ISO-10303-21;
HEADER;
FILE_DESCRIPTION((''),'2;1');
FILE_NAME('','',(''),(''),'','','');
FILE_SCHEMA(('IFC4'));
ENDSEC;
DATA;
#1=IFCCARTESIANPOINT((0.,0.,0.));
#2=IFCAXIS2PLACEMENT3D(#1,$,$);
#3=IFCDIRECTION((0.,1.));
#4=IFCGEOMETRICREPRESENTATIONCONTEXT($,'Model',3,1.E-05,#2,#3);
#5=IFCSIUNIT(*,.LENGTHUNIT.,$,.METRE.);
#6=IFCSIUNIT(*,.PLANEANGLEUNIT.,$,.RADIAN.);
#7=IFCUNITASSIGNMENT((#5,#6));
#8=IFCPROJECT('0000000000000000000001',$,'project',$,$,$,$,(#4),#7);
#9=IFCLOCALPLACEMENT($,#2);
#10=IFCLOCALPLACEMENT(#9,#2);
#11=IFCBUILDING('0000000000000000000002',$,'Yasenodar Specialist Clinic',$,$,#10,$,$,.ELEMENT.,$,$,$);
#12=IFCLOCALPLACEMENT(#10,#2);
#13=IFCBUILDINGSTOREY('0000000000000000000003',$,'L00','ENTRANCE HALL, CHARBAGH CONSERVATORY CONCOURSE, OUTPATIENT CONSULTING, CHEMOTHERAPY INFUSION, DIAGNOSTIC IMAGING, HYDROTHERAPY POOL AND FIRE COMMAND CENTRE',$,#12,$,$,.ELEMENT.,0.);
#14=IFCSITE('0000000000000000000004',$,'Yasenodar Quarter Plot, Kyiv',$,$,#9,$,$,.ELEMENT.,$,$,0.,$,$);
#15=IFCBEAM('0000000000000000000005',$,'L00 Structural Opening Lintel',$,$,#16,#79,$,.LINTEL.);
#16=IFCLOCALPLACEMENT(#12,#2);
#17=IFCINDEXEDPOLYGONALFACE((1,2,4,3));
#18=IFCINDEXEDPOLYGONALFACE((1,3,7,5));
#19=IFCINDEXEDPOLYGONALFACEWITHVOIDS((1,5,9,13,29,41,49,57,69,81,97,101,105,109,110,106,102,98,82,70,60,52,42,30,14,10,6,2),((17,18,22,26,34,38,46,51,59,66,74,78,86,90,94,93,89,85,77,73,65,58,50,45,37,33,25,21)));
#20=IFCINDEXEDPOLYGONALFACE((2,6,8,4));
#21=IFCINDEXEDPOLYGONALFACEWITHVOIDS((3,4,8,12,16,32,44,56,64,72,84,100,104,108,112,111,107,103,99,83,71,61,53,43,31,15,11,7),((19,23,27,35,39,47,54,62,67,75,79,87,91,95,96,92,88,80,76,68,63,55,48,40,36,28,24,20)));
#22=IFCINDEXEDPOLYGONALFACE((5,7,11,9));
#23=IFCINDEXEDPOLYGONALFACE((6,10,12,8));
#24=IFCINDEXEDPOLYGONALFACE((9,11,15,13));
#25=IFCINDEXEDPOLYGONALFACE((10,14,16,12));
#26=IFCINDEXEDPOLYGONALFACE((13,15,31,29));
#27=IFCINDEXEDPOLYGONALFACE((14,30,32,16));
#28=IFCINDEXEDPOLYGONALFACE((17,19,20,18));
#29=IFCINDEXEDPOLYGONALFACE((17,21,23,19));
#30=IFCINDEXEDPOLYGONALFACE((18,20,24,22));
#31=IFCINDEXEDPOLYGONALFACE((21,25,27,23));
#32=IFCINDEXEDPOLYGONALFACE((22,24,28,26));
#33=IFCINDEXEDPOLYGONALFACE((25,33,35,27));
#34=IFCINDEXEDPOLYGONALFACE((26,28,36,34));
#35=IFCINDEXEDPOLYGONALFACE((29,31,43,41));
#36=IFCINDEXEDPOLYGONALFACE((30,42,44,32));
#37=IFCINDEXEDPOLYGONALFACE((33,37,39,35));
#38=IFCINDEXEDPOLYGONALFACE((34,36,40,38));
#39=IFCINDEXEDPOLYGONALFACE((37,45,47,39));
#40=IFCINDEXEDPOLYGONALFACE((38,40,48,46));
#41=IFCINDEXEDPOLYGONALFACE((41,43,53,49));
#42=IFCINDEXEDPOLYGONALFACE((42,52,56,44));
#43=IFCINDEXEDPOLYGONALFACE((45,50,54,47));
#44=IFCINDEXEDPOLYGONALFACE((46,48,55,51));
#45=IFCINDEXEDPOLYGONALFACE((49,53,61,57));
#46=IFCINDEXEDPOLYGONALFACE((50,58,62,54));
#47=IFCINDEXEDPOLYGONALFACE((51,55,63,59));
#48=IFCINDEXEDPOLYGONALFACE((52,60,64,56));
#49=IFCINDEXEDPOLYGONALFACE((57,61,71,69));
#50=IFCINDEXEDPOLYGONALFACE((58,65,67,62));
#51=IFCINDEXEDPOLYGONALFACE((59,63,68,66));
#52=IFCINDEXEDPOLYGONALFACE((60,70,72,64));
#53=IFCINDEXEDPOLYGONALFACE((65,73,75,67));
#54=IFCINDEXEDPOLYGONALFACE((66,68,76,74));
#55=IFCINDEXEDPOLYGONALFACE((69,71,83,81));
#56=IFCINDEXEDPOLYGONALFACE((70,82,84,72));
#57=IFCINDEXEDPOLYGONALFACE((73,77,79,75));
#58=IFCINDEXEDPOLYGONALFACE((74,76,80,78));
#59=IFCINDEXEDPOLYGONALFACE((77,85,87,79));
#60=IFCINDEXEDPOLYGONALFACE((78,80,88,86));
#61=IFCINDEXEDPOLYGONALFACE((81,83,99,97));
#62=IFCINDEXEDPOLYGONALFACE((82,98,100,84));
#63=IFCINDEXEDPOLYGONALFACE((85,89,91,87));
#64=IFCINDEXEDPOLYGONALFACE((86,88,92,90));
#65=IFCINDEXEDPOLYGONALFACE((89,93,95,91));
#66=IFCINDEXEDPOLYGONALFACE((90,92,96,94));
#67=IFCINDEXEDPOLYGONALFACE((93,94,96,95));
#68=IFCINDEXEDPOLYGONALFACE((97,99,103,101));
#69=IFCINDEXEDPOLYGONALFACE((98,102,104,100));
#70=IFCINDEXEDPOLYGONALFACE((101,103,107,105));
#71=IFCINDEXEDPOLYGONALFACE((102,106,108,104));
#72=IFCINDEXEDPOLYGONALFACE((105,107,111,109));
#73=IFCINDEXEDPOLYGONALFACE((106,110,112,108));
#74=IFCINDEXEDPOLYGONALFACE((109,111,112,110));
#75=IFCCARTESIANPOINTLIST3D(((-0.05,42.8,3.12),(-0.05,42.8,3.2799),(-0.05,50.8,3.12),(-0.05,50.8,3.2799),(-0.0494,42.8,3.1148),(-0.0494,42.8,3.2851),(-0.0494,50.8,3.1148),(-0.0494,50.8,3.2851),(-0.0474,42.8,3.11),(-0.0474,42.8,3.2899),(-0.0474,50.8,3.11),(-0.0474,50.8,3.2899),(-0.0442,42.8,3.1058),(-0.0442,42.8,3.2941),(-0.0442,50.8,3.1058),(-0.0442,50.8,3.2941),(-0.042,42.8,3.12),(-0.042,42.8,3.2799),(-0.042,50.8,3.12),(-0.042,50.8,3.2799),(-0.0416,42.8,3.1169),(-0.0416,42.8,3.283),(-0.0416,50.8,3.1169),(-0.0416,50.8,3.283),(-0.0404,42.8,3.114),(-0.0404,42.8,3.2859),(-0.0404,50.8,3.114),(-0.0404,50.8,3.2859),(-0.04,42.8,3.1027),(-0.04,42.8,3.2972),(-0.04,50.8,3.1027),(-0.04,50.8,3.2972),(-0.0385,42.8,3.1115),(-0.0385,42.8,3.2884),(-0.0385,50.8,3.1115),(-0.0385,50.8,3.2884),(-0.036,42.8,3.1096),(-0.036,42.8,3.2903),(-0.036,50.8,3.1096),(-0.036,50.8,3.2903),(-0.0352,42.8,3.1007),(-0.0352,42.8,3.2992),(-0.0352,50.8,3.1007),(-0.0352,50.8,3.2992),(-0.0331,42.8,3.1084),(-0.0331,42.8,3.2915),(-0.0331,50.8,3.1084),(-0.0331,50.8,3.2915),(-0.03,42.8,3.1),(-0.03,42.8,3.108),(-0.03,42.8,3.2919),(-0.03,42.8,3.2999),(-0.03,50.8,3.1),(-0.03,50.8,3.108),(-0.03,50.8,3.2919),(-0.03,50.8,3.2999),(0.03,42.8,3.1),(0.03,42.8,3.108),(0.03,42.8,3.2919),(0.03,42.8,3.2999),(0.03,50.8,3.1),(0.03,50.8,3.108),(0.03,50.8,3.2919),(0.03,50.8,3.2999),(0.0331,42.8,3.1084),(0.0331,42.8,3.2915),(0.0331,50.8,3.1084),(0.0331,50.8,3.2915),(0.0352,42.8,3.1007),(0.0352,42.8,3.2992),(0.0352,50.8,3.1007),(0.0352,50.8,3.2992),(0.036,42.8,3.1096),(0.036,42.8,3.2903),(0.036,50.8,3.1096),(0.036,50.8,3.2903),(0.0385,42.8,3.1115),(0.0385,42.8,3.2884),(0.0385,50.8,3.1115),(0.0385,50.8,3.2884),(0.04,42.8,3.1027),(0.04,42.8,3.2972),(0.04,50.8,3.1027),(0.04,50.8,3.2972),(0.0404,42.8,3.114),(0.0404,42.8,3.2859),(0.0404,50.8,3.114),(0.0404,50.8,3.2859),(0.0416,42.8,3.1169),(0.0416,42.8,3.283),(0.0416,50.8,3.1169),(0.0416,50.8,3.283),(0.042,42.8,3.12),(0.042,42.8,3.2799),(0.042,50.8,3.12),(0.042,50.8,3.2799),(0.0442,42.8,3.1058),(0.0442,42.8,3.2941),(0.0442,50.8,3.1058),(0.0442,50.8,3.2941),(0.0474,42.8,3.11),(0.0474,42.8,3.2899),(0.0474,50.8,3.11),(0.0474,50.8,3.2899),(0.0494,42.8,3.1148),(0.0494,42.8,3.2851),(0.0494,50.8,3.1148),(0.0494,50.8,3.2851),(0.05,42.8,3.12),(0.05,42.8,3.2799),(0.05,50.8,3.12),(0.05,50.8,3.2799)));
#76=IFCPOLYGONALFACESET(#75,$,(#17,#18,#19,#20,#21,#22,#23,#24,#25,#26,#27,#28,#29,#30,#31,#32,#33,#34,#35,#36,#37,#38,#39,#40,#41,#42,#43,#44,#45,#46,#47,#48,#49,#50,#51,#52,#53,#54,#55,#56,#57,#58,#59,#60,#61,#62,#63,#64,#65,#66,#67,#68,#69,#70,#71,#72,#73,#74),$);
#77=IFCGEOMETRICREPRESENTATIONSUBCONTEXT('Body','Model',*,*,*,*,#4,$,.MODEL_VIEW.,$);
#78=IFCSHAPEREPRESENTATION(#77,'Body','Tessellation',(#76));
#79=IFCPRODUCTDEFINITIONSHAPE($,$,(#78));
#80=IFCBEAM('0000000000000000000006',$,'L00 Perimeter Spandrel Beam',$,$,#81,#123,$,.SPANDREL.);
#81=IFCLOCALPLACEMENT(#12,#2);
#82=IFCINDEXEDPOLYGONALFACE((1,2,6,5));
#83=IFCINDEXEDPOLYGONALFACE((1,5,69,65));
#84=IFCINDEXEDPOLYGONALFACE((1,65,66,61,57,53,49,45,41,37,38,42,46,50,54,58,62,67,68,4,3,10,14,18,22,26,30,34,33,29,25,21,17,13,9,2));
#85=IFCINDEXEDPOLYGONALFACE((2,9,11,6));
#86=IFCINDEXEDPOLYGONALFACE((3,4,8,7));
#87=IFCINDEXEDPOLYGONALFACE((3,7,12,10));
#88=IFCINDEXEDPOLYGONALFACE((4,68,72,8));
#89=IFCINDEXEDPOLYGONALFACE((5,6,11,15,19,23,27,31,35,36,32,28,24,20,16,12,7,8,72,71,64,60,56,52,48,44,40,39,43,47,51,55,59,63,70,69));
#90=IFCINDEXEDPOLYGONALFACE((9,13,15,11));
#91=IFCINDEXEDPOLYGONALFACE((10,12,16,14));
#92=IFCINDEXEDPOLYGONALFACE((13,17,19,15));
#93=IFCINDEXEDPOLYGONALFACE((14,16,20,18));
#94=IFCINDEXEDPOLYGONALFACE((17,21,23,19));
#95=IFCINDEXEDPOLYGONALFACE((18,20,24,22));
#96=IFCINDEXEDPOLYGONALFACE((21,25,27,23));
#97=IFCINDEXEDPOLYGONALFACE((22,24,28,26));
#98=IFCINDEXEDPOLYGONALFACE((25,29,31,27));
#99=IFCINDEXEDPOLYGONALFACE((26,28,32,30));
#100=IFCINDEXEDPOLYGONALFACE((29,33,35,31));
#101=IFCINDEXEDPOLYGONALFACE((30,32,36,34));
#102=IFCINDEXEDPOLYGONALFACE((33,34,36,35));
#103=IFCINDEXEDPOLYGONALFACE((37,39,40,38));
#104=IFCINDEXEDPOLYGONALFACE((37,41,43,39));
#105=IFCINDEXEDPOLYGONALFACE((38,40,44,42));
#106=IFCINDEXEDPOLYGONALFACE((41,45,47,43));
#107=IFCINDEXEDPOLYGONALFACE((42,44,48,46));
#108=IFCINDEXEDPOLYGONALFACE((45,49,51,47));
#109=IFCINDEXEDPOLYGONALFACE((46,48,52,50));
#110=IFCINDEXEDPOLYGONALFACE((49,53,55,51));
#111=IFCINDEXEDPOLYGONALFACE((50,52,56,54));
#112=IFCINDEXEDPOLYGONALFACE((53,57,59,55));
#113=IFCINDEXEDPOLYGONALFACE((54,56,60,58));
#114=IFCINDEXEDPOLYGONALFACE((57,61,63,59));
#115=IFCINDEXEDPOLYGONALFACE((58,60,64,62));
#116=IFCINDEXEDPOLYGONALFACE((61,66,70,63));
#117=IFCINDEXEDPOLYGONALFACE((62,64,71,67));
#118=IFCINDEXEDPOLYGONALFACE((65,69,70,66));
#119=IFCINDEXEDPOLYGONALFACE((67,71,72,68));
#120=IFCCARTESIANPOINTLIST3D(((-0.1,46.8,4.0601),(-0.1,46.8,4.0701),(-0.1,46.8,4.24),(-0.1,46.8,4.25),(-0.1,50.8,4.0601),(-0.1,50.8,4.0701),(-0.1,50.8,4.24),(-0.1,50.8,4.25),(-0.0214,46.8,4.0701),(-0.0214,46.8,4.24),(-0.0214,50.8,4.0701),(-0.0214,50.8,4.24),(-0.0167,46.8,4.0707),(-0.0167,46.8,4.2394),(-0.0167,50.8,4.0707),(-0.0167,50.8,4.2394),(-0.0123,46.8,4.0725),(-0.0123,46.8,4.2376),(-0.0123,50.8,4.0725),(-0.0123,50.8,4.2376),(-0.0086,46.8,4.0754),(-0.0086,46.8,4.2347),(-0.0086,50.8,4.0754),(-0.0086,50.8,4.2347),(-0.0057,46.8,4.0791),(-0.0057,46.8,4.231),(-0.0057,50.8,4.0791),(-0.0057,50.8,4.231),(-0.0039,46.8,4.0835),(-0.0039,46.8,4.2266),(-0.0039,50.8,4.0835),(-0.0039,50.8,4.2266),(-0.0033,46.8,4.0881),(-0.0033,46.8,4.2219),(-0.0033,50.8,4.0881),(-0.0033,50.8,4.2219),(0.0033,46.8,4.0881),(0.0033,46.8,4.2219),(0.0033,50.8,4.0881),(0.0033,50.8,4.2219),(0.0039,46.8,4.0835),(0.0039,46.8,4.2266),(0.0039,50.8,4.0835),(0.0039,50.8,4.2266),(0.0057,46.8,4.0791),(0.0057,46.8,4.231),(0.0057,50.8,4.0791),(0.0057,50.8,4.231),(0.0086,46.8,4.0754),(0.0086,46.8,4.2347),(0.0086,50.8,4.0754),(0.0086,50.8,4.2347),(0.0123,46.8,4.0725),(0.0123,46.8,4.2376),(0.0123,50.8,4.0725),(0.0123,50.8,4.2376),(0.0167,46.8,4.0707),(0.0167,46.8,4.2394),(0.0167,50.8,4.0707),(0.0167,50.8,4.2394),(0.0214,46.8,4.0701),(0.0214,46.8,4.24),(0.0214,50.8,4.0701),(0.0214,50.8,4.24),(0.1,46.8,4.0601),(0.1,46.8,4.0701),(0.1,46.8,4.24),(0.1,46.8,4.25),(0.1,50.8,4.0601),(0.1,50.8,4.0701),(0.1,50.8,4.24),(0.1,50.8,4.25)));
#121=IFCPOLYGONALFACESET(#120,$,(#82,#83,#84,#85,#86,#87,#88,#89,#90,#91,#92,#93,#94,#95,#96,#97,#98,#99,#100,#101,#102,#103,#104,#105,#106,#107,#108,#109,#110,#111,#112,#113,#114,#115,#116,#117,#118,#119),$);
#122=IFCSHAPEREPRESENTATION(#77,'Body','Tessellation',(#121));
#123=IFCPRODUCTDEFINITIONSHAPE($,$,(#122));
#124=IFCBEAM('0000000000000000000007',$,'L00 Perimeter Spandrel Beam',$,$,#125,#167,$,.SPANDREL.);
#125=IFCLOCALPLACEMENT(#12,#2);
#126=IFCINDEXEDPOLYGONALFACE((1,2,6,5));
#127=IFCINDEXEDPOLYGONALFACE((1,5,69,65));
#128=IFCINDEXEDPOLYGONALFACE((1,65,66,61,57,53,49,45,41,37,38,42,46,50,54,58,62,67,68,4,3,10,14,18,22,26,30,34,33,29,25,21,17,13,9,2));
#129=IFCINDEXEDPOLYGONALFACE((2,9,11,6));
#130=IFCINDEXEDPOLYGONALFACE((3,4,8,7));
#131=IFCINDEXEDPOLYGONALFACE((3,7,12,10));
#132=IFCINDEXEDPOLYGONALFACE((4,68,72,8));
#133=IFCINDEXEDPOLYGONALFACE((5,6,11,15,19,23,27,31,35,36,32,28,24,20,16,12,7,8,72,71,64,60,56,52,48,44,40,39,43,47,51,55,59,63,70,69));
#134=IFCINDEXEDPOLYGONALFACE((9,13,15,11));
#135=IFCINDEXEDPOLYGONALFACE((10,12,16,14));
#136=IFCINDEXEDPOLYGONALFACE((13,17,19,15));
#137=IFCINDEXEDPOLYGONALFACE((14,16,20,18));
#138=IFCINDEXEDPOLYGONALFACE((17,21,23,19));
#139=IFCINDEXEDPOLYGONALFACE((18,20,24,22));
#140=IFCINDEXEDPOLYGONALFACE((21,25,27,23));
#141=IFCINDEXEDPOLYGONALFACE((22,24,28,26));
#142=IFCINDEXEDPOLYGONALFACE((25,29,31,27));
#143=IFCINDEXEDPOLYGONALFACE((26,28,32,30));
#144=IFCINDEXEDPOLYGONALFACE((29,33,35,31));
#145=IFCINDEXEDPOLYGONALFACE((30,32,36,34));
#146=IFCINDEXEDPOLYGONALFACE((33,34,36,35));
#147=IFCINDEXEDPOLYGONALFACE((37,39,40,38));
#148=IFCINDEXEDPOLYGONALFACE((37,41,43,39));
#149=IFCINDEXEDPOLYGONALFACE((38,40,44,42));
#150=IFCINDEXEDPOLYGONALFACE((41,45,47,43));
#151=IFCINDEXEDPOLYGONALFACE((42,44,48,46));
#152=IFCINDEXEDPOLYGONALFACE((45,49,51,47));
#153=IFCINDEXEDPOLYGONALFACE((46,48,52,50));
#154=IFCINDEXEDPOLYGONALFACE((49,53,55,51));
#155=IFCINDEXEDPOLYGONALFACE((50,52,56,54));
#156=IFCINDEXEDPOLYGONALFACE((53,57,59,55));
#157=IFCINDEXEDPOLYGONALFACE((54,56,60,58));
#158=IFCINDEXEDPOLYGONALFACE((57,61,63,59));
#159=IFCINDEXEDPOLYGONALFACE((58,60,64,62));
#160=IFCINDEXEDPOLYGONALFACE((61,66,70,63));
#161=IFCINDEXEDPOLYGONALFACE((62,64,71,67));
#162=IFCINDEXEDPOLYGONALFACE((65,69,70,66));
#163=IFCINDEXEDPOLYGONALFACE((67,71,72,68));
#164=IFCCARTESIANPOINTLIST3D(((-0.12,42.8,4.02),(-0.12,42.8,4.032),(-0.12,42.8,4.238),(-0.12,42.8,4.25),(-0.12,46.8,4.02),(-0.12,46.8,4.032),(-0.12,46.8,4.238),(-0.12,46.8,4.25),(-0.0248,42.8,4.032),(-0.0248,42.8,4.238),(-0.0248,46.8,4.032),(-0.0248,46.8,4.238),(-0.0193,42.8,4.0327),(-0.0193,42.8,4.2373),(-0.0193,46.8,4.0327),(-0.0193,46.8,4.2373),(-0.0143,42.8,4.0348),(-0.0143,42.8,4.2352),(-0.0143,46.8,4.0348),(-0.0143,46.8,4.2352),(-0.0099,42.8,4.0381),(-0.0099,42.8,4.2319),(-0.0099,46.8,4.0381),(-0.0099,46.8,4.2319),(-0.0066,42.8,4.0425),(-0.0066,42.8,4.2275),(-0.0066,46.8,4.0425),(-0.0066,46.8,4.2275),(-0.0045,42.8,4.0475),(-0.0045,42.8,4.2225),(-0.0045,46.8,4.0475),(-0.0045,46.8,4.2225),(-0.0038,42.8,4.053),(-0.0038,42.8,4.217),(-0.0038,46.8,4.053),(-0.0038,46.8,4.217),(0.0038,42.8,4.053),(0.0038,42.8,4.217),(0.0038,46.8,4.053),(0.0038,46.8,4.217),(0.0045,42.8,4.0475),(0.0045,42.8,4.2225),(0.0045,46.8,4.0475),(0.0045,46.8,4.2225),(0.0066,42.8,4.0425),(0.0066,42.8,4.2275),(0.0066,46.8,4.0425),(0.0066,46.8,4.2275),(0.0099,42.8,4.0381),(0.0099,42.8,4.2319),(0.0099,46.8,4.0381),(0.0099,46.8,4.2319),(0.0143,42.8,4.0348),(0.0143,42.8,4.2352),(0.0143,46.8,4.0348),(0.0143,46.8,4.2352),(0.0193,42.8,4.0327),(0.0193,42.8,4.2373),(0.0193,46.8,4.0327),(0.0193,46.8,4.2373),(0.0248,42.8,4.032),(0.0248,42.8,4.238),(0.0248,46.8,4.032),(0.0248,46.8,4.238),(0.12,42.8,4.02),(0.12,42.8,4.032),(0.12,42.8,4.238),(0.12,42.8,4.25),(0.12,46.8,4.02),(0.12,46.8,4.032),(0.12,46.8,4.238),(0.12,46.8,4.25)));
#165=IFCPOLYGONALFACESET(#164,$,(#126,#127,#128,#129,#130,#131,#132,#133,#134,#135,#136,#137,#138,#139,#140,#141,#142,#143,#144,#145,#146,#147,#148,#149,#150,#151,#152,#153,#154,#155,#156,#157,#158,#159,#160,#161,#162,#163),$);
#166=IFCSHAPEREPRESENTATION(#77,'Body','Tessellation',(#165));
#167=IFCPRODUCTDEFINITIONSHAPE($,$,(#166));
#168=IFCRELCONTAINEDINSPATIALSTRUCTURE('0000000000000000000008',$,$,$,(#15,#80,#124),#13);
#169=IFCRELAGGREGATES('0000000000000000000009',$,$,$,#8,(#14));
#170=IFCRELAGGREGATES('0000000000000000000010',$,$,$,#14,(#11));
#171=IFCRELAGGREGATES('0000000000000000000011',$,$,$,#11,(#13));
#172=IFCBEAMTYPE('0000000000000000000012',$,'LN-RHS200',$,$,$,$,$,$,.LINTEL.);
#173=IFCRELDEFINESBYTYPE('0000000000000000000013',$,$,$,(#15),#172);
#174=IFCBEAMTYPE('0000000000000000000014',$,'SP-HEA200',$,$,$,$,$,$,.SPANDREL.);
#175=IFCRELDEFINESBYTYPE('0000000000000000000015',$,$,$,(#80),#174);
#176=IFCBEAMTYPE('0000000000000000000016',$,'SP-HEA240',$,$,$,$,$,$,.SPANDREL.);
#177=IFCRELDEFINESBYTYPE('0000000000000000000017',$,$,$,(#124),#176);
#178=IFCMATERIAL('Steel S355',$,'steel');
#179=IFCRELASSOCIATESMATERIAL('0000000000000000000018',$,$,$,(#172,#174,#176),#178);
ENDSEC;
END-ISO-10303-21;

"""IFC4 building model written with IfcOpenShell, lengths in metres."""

from ifc_helpers import new_model, si_unit, direction, frame, origin, origin_2d, place, context, subcontext, project, spatial, hollow_rectangle, i_section, extrude, material, material_profile, profile_set, type_object, element, save


model = new_model("IFC4")

# Units and contexts
model_context = context("Model", 3, precision=1e-05, world=origin(), true_north=direction((0.0, 1.0)))
body_context = subcontext(model_context, "Body", "Model", "MODEL_VIEW")
ifc_project = project(units=[si_unit("LENGTHUNIT", "METRE"), si_unit("PLANEANGLEUNIT", "RADIAN")], contexts=[model_context])

# Site, building, storey
site_placement = place(None, origin())
site = spatial("IfcSite", under=ifc_project, at=site_placement, Name="Yasenodar Quarter Plot, Kyiv", CompositionType="ELEMENT", RefElevation=0.0)
building_placement = place(site_placement, origin())
building = spatial("IfcBuilding", under=site, at=building_placement, Name="Yasenodar Specialist Clinic", CompositionType="ELEMENT")
storey_placement = place(building_placement, origin())
storey = spatial("IfcBuildingStorey", under=building, at=storey_placement, Name="L00", Description="ENTRANCE HALL, CHARBAGH CONSERVATORY CONCOURSE, OUTPATIENT CONSULTING, CHEMOTHERAPY INFUSION, DIAGNOSTIC IMAGING, HYDROTHERAPY POOL AND FIRE COMMAND CENTRE", CompositionType="ELEMENT", Elevation=0.0)

# Shared definitions
ifc_material_1 = material(Name="Steel S355", Category="steel")

# Beams
ifc_material_profile_1 = material_profile(ifc_material_1, hollow_rectangle(XDim=0.1001, YDim=0.2, WallThickness=0.0081, InnerFilletRadius=0.012, OuterFilletRadius=0.02, at=origin_2d()), Name="RHS 200x100x8")
ifc_profile_set_1 = profile_set([ifc_material_profile_1], Name="Steel S355")
beam_type_1 = type_object("IfcBeamType", Name="LN-RHS200", PredefinedType="LINTEL", material=ifc_profile_set_1)
beam_1_placement = place(storey_placement, frame((0.0, 42.8, 3.2), z_axis=(0.0, 1.0, 0.0), x_axis=(-1.0, 0.0, 0.0)))
element("IfcBeam", 1, at=beam_1_placement, inside=storey, type_object=beam_type_1, Name="L00 Structural Opening Lintel", PredefinedType="LINTEL", context=body_context, shape_type="SweptSolid", body=[
    extrude(hollow_rectangle(XDim=0.1001, YDim=0.2, WallThickness=0.0081, InnerFilletRadius=0.012, OuterFilletRadius=0.02, at=origin_2d()), origin(), (0.0, 0.0, 1.0), 8.0),
])
ifc_material_profile_2 = material_profile(ifc_material_1, i_section(OverallWidth=0.2, OverallDepth=0.1899, WebThickness=0.0066, FlangeThickness=0.01, FilletRadius=0.0181, at=origin_2d()), Name="HEA 200")
ifc_profile_set_2 = profile_set([ifc_material_profile_2], Name="Steel S355")
beam_type_2 = type_object("IfcBeamType", Name="SP-HEA200", PredefinedType="SPANDREL", material=ifc_profile_set_2)
beam_2_placement = place(storey_placement, frame((0.0, 46.8, 4.155), z_axis=(0.0, 1.0, 0.0), x_axis=(-1.0, 0.0, 0.0)))
element("IfcBeam", 2, at=beam_2_placement, inside=storey, type_object=beam_type_2, Name="L00 Perimeter Spandrel Beam", PredefinedType="SPANDREL", context=body_context, shape_type="SweptSolid", body=[
    extrude(i_section(OverallWidth=0.2, OverallDepth=0.1899, WebThickness=0.0066, FlangeThickness=0.01, FilletRadius=0.0181, at=origin_2d()), origin(), (0.0, 0.0, 1.0), 4.0),
])
ifc_material_profile_3 = material_profile(ifc_material_1, i_section(OverallWidth=0.24, OverallDepth=0.23, WebThickness=0.0076, FlangeThickness=0.012, FilletRadius=0.021, at=origin_2d()), Name="HEA 240")
ifc_profile_set_3 = profile_set([ifc_material_profile_3], Name="Steel S355")
beam_type_3 = type_object("IfcBeamType", Name="SP-HEA240", PredefinedType="SPANDREL", material=ifc_profile_set_3)
beam_3_placement = place(storey_placement, frame((0.0, 42.8, 4.135), z_axis=(0.0, 1.0, 0.0), x_axis=(-1.0, 0.0, 0.0)))
element("IfcBeam", 3, at=beam_3_placement, inside=storey, type_object=beam_type_3, Name="L00 Perimeter Spandrel Beam", PredefinedType="SPANDREL", context=body_context, shape_type="SweptSolid", body=[
    extrude(i_section(OverallWidth=0.24, OverallDepth=0.23, WebThickness=0.0076, FlangeThickness=0.012, FilletRadius=0.021, at=origin_2d()), origin(), (0.0, 0.0, 1.0), 4.0),
])

save(model, "model.ifc")
